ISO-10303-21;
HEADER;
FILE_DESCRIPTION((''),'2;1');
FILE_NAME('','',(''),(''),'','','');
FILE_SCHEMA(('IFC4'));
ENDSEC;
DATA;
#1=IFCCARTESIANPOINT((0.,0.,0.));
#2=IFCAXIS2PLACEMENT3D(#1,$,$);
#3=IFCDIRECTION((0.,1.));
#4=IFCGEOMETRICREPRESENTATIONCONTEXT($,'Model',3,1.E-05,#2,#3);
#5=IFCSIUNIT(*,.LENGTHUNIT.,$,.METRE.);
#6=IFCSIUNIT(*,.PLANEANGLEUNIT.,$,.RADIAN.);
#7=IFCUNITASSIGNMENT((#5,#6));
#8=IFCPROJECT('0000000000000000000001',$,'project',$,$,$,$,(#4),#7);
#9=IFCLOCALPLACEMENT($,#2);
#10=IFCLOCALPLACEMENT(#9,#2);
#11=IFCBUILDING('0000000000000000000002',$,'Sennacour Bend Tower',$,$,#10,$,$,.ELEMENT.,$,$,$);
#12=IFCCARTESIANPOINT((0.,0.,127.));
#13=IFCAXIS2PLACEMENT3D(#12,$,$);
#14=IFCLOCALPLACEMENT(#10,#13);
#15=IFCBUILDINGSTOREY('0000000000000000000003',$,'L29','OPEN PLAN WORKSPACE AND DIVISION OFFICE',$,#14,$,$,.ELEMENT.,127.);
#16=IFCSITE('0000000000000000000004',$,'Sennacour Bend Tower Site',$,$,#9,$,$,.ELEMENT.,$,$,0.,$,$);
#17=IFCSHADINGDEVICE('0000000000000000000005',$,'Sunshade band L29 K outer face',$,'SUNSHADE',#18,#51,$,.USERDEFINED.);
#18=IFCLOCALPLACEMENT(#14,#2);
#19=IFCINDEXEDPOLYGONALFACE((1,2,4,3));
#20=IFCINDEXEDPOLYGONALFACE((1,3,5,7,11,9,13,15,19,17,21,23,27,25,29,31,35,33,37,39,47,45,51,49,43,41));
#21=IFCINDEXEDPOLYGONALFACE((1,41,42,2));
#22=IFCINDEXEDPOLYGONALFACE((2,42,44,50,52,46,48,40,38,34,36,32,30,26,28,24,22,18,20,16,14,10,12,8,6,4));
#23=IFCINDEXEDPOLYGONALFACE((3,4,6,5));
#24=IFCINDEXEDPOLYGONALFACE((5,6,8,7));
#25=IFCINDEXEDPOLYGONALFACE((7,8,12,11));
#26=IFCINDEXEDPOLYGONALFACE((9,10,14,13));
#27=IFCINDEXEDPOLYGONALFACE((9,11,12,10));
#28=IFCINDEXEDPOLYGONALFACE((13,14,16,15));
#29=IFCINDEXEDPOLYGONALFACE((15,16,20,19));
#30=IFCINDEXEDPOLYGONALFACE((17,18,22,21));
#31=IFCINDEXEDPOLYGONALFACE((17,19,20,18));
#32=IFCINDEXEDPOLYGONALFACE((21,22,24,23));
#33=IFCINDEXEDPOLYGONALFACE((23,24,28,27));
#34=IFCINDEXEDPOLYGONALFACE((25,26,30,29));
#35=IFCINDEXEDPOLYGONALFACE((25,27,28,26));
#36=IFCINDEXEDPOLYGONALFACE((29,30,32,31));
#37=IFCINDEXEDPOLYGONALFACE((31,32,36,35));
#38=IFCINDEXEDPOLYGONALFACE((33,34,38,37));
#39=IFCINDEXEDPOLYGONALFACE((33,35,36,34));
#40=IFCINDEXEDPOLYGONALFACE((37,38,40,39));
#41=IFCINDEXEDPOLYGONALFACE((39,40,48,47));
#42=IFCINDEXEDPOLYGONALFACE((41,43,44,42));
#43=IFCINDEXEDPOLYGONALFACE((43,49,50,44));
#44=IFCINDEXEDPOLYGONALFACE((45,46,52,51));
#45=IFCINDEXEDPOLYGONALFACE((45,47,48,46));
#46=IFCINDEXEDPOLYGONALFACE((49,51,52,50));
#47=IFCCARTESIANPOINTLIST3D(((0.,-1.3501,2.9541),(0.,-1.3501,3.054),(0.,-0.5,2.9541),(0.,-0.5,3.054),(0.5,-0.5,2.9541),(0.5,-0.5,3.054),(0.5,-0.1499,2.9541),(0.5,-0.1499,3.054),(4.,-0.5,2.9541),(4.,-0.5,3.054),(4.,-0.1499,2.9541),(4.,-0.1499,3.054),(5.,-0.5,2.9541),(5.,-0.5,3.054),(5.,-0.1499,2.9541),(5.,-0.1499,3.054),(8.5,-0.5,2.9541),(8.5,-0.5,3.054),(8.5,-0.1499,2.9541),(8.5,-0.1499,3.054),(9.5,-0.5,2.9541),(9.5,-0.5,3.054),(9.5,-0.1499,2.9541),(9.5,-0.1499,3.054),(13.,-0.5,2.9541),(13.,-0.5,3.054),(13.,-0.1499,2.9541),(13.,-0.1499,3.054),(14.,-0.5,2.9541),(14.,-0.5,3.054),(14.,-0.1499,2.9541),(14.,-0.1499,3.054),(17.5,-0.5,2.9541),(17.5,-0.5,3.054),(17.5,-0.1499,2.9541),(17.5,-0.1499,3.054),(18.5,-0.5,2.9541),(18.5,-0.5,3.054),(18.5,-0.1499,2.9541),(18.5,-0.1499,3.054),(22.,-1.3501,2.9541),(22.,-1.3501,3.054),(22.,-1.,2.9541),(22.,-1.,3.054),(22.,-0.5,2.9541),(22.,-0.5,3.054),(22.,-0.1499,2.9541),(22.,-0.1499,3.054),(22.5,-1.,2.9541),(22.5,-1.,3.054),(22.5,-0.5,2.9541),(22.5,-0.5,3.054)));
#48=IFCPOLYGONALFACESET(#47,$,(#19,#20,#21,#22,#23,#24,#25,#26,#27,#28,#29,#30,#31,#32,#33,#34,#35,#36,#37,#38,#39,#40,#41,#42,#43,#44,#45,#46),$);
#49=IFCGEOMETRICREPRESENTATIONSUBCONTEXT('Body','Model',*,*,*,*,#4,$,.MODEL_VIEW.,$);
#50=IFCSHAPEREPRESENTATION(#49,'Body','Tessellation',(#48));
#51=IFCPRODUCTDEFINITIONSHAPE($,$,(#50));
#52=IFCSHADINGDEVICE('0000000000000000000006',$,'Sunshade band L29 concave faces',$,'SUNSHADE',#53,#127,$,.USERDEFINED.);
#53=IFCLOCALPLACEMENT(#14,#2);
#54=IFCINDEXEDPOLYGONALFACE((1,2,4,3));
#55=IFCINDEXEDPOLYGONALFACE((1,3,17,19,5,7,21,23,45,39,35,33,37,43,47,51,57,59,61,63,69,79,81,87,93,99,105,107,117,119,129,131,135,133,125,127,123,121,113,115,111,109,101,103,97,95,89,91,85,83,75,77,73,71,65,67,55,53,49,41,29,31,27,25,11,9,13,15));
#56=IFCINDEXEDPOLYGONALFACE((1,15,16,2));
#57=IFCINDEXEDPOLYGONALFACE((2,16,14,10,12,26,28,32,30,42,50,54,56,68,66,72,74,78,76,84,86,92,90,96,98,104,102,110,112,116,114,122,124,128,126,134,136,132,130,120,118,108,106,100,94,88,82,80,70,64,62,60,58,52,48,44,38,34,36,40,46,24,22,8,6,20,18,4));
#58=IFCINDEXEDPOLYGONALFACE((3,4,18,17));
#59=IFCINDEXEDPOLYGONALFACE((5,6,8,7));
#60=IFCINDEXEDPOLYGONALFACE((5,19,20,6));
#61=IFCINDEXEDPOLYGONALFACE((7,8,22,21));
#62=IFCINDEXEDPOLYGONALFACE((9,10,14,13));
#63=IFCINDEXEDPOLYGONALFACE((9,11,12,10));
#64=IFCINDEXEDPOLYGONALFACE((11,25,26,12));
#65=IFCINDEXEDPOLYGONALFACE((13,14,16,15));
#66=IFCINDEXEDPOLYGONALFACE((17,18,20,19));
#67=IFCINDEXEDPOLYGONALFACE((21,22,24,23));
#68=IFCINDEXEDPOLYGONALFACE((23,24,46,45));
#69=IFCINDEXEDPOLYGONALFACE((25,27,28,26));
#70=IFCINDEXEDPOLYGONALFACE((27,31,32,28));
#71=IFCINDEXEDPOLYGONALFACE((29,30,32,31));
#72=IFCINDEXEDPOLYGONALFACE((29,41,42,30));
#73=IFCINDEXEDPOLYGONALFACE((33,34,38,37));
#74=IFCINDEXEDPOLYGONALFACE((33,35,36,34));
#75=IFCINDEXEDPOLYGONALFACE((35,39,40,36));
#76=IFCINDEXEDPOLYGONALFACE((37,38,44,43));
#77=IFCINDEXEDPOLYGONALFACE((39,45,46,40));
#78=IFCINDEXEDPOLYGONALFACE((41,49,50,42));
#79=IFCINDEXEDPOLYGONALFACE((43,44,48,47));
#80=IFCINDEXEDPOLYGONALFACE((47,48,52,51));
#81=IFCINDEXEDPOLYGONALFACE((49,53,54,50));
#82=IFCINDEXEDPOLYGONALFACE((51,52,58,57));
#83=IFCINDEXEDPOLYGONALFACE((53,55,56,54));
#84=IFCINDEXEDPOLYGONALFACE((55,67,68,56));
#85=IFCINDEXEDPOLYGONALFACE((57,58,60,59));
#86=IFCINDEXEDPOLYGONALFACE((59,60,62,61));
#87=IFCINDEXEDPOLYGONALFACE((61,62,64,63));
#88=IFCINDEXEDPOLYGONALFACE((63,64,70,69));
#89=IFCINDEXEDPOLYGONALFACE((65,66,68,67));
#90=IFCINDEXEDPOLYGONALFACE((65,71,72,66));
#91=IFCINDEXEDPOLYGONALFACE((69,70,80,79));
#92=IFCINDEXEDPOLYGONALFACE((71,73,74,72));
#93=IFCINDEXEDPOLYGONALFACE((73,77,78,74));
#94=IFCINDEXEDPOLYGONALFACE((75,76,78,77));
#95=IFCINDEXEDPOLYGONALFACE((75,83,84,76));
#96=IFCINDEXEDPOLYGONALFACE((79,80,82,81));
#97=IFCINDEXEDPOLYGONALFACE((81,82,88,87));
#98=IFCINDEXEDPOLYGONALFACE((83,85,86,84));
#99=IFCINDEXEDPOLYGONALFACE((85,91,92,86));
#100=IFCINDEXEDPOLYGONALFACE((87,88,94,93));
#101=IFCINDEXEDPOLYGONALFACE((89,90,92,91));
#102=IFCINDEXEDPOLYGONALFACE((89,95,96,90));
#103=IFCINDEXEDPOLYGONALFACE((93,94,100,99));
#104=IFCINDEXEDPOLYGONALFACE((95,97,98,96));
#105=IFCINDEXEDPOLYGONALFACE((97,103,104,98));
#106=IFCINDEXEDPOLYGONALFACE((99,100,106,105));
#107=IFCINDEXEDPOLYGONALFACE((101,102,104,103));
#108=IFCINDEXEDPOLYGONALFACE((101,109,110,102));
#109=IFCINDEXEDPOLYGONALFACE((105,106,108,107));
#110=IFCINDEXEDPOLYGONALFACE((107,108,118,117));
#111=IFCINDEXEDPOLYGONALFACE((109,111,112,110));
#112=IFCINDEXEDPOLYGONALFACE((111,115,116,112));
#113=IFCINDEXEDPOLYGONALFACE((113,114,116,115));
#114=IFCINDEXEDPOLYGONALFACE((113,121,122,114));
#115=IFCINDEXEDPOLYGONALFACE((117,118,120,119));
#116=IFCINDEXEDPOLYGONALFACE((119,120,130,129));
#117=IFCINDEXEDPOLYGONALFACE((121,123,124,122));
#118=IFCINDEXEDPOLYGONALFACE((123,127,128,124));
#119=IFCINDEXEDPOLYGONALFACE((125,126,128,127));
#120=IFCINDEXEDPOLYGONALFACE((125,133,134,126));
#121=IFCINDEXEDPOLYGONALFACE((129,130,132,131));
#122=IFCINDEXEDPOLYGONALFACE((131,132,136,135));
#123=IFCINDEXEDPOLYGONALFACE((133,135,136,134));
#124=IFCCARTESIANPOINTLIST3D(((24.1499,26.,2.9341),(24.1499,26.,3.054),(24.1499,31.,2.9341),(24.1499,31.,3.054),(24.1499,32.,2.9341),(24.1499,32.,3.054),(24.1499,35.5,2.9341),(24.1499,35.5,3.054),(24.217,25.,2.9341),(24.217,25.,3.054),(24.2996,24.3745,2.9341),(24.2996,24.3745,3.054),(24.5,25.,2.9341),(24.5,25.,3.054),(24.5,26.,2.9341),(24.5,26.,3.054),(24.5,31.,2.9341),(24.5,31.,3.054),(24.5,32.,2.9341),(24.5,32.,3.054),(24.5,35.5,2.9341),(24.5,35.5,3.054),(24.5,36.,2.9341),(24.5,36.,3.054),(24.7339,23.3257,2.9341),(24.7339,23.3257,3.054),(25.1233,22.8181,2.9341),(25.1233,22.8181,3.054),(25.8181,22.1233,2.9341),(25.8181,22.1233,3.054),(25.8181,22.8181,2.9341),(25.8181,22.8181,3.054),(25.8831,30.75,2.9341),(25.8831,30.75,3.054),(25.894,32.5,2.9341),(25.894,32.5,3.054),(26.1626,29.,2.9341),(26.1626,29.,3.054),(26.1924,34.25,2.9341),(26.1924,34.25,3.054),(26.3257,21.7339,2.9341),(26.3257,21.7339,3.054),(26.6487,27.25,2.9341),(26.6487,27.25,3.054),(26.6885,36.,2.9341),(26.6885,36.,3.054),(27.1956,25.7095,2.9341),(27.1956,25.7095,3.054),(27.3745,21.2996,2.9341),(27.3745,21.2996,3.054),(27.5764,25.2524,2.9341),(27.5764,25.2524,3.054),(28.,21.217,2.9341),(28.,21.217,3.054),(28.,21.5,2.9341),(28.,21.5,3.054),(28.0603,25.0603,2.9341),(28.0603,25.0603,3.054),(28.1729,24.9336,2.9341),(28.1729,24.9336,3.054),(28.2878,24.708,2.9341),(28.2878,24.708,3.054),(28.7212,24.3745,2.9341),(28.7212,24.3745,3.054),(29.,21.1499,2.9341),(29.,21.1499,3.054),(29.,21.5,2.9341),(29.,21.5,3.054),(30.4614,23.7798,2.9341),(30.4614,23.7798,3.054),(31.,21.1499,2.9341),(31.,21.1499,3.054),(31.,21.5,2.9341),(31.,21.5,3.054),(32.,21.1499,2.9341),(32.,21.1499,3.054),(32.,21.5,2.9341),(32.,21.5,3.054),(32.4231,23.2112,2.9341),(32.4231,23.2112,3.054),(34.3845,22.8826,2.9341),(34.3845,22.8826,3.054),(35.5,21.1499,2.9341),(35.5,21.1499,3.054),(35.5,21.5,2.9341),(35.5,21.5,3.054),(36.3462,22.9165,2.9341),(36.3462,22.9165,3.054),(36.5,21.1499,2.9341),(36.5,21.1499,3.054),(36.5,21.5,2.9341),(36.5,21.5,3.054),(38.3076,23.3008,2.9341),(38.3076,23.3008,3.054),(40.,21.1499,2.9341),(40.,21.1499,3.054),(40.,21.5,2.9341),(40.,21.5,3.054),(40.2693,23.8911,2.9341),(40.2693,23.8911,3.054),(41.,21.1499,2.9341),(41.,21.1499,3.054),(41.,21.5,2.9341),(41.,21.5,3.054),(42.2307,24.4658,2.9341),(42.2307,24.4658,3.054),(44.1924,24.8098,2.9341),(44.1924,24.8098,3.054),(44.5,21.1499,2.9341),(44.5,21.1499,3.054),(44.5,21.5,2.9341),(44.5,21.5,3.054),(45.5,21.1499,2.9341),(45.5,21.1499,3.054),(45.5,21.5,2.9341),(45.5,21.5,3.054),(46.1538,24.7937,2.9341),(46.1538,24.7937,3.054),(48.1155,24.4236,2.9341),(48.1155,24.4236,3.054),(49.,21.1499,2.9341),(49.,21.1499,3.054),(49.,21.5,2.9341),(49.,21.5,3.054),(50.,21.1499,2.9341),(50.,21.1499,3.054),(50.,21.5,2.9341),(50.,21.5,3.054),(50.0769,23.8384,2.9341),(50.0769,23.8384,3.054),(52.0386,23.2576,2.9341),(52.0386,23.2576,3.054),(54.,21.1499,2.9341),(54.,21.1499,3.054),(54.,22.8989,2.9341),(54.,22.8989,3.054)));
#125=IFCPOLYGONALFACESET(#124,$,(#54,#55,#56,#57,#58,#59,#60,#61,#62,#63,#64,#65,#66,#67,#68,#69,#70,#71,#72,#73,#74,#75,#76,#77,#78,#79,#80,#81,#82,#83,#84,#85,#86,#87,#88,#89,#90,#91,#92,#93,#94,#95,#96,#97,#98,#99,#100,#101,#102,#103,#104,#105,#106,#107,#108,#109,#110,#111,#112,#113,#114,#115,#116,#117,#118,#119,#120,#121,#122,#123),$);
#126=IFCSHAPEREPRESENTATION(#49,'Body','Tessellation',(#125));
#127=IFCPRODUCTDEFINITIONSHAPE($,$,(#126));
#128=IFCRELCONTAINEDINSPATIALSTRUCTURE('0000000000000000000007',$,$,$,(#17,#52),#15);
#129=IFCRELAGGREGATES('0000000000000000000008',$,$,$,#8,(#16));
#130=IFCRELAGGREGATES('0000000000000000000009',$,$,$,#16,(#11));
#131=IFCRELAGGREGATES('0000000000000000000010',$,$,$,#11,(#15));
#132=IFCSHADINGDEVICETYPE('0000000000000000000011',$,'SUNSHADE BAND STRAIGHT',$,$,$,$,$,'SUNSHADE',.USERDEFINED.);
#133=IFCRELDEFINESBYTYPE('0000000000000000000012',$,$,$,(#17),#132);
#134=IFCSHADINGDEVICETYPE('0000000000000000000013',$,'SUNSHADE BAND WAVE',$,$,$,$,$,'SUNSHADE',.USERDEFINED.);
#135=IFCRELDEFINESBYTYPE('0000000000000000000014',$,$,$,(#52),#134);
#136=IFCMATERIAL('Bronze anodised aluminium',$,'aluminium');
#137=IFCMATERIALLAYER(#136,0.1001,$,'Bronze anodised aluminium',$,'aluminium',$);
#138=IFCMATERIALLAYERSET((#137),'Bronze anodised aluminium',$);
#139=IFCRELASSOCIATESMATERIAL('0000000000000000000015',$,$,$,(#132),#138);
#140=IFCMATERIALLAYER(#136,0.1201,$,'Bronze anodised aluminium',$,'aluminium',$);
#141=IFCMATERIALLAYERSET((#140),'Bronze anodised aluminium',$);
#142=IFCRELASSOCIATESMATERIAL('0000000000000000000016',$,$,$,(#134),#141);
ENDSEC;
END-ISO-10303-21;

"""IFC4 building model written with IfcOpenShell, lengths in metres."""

from ifc_helpers import new_model, si_unit, direction, frame, origin, place, context, subcontext, project, spatial, polyline, outline, extrude, material, layer, layer_set, type_object, element, save


model = new_model("IFC4")

# Units and contexts
model_context = context("Model", 3, precision=1e-05, world=origin(), true_north=direction((0.0, 1.0)))
body_context = subcontext(model_context, "Body", "Model", "MODEL_VIEW")
ifc_project = project(units=[si_unit("LENGTHUNIT", "METRE"), si_unit("PLANEANGLEUNIT", "RADIAN")], contexts=[model_context])

# Site, building, storey
site_placement = place(None, origin())
site = spatial("IfcSite", under=ifc_project, at=site_placement, Name="Sennacour Bend Tower Site", CompositionType="ELEMENT", RefElevation=0.0)
building_placement = place(site_placement, origin())
building = spatial("IfcBuilding", under=site, at=building_placement, Name="Sennacour Bend Tower", CompositionType="ELEMENT")
storey_placement = place(building_placement, frame((0.0, 0.0, 127.0)))
storey = spatial("IfcBuildingStorey", under=building, at=storey_placement, Name="L29", Description="OPEN PLAN WORKSPACE AND DIVISION OFFICE", CompositionType="ELEMENT", Elevation=127.0)

# Shading devices
ifc_material_1 = material(Name="Bronze anodised aluminium", Category="aluminium")
ifc_layer_1 = layer(ifc_material_1, 0.1001, Name="Bronze anodised aluminium", Category="aluminium")
ifc_layer_set_1 = layer_set([ifc_layer_1], Name="Bronze anodised aluminium")
shading_device_type_1 = type_object("IfcShadingDeviceType", Name="SUNSHADE BAND STRAIGHT", ElementType="SUNSHADE", PredefinedType="USERDEFINED", material=ifc_layer_set_1)
shading_device_1_placement = place(storey_placement, frame((0.0, 0.0, 2.9541)))
element("IfcShadingDevice", 1, at=shading_device_1_placement, inside=storey, type_object=shading_device_type_1, Name="Sunshade band L29 K outer face", ObjectType="SUNSHADE", PredefinedType="USERDEFINED", context=body_context, shape_type="SweptSolid", body=[
    extrude(outline(polyline([(4.0, -0.1499), (4.0, -0.5), (5.0, -0.5), (5.0, -0.1499), (8.5, -0.1499), (8.5, -0.5), (9.5, -0.5), (9.5, -0.1499), (13.0, -0.1499), (13.0, -0.5), (14.0, -0.5), (14.0, -0.1499), (17.5, -0.1499), (17.5, -0.5), (18.5, -0.5), (18.5, -0.1499), (22.0, -0.1499), (22.0, -0.5), (22.5, -0.5), (22.5, -1.0), (22.0, -1.0), (22.0, -1.3501), (0.0, -1.3501), (0.0, -0.5), (0.5, -0.5), (0.5, -0.1499), (4.0, -0.1499)])), origin(), (0.0, 0.0, 1.0), 0.0999),
])
ifc_layer_2 = layer(ifc_material_1, 0.1201, Name="Bronze anodised aluminium", Category="aluminium")
ifc_layer_set_2 = layer_set([ifc_layer_2], Name="Bronze anodised aluminium")
shading_device_type_2 = type_object("IfcShadingDeviceType", Name="SUNSHADE BAND WAVE", ElementType="SUNSHADE", PredefinedType="USERDEFINED", material=ifc_layer_set_2)
shading_device_2_placement = place(storey_placement, frame((0.0, 0.0, 2.9341)))
element("IfcShadingDevice", 2, at=shading_device_2_placement, inside=storey, type_object=shading_device_type_2, Name="Sunshade band L29 concave faces", ObjectType="SUNSHADE", PredefinedType="USERDEFINED", context=body_context, shape_type="SweptSolid", body=[
    extrude(outline(polyline([(54.0, 21.1499), (50.0, 21.1499), (50.0, 21.5), (49.0, 21.5), (49.0, 21.1499), (45.5, 21.1499), (45.5, 21.5), (44.5, 21.5), (44.5, 21.1499), (41.0, 21.1499), (41.0, 21.5), (40.0, 21.5), (40.0, 21.1499), (36.5, 21.1499), (36.5, 21.5), (35.5, 21.5), (35.5, 21.1499), (32.0, 21.1499), (32.0, 21.5), (31.0, 21.5), (31.0, 21.1499), (29.0, 21.1499), (29.0, 21.5), (28.0, 21.5), (28.0, 21.217), (27.3745, 21.2996), (26.3257, 21.7339), (25.8181, 22.1233), (25.8181, 22.8181), (25.1233, 22.8181), (24.7339, 23.3257), (24.2996, 24.3745), (24.217, 25.0), (24.5, 25.0), (24.5, 26.0), (24.1499, 26.0), (24.1499, 31.0), (24.5, 31.0), (24.5, 32.0), (24.1499, 32.0), (24.1499, 35.5), (24.5, 35.5), (24.5, 36.0), (26.6885, 36.0), (26.1924, 34.25), (25.894, 32.5), (25.8831, 30.75), (26.1626, 29.0), (26.6487, 27.25), (27.1956, 25.7095), (27.5764, 25.2524), (28.0603, 25.0603), (28.1729, 24.9336), (28.2878, 24.708), (28.7212, 24.3745), (30.4614, 23.7798), (32.4231, 23.2112), (34.3845, 22.8826), (36.3462, 22.9165), (38.3076, 23.3008), (40.2693, 23.8911), (42.2307, 24.4658), (44.1924, 24.8098), (46.1538, 24.7937), (48.1155, 24.4236), (50.0769, 23.8384), (52.0386, 23.2576), (54.0, 22.8989), (54.0, 21.1499)])), origin(), (0.0, 0.0, 1.0), 0.1199),
])

save(model, "model.ifc")
